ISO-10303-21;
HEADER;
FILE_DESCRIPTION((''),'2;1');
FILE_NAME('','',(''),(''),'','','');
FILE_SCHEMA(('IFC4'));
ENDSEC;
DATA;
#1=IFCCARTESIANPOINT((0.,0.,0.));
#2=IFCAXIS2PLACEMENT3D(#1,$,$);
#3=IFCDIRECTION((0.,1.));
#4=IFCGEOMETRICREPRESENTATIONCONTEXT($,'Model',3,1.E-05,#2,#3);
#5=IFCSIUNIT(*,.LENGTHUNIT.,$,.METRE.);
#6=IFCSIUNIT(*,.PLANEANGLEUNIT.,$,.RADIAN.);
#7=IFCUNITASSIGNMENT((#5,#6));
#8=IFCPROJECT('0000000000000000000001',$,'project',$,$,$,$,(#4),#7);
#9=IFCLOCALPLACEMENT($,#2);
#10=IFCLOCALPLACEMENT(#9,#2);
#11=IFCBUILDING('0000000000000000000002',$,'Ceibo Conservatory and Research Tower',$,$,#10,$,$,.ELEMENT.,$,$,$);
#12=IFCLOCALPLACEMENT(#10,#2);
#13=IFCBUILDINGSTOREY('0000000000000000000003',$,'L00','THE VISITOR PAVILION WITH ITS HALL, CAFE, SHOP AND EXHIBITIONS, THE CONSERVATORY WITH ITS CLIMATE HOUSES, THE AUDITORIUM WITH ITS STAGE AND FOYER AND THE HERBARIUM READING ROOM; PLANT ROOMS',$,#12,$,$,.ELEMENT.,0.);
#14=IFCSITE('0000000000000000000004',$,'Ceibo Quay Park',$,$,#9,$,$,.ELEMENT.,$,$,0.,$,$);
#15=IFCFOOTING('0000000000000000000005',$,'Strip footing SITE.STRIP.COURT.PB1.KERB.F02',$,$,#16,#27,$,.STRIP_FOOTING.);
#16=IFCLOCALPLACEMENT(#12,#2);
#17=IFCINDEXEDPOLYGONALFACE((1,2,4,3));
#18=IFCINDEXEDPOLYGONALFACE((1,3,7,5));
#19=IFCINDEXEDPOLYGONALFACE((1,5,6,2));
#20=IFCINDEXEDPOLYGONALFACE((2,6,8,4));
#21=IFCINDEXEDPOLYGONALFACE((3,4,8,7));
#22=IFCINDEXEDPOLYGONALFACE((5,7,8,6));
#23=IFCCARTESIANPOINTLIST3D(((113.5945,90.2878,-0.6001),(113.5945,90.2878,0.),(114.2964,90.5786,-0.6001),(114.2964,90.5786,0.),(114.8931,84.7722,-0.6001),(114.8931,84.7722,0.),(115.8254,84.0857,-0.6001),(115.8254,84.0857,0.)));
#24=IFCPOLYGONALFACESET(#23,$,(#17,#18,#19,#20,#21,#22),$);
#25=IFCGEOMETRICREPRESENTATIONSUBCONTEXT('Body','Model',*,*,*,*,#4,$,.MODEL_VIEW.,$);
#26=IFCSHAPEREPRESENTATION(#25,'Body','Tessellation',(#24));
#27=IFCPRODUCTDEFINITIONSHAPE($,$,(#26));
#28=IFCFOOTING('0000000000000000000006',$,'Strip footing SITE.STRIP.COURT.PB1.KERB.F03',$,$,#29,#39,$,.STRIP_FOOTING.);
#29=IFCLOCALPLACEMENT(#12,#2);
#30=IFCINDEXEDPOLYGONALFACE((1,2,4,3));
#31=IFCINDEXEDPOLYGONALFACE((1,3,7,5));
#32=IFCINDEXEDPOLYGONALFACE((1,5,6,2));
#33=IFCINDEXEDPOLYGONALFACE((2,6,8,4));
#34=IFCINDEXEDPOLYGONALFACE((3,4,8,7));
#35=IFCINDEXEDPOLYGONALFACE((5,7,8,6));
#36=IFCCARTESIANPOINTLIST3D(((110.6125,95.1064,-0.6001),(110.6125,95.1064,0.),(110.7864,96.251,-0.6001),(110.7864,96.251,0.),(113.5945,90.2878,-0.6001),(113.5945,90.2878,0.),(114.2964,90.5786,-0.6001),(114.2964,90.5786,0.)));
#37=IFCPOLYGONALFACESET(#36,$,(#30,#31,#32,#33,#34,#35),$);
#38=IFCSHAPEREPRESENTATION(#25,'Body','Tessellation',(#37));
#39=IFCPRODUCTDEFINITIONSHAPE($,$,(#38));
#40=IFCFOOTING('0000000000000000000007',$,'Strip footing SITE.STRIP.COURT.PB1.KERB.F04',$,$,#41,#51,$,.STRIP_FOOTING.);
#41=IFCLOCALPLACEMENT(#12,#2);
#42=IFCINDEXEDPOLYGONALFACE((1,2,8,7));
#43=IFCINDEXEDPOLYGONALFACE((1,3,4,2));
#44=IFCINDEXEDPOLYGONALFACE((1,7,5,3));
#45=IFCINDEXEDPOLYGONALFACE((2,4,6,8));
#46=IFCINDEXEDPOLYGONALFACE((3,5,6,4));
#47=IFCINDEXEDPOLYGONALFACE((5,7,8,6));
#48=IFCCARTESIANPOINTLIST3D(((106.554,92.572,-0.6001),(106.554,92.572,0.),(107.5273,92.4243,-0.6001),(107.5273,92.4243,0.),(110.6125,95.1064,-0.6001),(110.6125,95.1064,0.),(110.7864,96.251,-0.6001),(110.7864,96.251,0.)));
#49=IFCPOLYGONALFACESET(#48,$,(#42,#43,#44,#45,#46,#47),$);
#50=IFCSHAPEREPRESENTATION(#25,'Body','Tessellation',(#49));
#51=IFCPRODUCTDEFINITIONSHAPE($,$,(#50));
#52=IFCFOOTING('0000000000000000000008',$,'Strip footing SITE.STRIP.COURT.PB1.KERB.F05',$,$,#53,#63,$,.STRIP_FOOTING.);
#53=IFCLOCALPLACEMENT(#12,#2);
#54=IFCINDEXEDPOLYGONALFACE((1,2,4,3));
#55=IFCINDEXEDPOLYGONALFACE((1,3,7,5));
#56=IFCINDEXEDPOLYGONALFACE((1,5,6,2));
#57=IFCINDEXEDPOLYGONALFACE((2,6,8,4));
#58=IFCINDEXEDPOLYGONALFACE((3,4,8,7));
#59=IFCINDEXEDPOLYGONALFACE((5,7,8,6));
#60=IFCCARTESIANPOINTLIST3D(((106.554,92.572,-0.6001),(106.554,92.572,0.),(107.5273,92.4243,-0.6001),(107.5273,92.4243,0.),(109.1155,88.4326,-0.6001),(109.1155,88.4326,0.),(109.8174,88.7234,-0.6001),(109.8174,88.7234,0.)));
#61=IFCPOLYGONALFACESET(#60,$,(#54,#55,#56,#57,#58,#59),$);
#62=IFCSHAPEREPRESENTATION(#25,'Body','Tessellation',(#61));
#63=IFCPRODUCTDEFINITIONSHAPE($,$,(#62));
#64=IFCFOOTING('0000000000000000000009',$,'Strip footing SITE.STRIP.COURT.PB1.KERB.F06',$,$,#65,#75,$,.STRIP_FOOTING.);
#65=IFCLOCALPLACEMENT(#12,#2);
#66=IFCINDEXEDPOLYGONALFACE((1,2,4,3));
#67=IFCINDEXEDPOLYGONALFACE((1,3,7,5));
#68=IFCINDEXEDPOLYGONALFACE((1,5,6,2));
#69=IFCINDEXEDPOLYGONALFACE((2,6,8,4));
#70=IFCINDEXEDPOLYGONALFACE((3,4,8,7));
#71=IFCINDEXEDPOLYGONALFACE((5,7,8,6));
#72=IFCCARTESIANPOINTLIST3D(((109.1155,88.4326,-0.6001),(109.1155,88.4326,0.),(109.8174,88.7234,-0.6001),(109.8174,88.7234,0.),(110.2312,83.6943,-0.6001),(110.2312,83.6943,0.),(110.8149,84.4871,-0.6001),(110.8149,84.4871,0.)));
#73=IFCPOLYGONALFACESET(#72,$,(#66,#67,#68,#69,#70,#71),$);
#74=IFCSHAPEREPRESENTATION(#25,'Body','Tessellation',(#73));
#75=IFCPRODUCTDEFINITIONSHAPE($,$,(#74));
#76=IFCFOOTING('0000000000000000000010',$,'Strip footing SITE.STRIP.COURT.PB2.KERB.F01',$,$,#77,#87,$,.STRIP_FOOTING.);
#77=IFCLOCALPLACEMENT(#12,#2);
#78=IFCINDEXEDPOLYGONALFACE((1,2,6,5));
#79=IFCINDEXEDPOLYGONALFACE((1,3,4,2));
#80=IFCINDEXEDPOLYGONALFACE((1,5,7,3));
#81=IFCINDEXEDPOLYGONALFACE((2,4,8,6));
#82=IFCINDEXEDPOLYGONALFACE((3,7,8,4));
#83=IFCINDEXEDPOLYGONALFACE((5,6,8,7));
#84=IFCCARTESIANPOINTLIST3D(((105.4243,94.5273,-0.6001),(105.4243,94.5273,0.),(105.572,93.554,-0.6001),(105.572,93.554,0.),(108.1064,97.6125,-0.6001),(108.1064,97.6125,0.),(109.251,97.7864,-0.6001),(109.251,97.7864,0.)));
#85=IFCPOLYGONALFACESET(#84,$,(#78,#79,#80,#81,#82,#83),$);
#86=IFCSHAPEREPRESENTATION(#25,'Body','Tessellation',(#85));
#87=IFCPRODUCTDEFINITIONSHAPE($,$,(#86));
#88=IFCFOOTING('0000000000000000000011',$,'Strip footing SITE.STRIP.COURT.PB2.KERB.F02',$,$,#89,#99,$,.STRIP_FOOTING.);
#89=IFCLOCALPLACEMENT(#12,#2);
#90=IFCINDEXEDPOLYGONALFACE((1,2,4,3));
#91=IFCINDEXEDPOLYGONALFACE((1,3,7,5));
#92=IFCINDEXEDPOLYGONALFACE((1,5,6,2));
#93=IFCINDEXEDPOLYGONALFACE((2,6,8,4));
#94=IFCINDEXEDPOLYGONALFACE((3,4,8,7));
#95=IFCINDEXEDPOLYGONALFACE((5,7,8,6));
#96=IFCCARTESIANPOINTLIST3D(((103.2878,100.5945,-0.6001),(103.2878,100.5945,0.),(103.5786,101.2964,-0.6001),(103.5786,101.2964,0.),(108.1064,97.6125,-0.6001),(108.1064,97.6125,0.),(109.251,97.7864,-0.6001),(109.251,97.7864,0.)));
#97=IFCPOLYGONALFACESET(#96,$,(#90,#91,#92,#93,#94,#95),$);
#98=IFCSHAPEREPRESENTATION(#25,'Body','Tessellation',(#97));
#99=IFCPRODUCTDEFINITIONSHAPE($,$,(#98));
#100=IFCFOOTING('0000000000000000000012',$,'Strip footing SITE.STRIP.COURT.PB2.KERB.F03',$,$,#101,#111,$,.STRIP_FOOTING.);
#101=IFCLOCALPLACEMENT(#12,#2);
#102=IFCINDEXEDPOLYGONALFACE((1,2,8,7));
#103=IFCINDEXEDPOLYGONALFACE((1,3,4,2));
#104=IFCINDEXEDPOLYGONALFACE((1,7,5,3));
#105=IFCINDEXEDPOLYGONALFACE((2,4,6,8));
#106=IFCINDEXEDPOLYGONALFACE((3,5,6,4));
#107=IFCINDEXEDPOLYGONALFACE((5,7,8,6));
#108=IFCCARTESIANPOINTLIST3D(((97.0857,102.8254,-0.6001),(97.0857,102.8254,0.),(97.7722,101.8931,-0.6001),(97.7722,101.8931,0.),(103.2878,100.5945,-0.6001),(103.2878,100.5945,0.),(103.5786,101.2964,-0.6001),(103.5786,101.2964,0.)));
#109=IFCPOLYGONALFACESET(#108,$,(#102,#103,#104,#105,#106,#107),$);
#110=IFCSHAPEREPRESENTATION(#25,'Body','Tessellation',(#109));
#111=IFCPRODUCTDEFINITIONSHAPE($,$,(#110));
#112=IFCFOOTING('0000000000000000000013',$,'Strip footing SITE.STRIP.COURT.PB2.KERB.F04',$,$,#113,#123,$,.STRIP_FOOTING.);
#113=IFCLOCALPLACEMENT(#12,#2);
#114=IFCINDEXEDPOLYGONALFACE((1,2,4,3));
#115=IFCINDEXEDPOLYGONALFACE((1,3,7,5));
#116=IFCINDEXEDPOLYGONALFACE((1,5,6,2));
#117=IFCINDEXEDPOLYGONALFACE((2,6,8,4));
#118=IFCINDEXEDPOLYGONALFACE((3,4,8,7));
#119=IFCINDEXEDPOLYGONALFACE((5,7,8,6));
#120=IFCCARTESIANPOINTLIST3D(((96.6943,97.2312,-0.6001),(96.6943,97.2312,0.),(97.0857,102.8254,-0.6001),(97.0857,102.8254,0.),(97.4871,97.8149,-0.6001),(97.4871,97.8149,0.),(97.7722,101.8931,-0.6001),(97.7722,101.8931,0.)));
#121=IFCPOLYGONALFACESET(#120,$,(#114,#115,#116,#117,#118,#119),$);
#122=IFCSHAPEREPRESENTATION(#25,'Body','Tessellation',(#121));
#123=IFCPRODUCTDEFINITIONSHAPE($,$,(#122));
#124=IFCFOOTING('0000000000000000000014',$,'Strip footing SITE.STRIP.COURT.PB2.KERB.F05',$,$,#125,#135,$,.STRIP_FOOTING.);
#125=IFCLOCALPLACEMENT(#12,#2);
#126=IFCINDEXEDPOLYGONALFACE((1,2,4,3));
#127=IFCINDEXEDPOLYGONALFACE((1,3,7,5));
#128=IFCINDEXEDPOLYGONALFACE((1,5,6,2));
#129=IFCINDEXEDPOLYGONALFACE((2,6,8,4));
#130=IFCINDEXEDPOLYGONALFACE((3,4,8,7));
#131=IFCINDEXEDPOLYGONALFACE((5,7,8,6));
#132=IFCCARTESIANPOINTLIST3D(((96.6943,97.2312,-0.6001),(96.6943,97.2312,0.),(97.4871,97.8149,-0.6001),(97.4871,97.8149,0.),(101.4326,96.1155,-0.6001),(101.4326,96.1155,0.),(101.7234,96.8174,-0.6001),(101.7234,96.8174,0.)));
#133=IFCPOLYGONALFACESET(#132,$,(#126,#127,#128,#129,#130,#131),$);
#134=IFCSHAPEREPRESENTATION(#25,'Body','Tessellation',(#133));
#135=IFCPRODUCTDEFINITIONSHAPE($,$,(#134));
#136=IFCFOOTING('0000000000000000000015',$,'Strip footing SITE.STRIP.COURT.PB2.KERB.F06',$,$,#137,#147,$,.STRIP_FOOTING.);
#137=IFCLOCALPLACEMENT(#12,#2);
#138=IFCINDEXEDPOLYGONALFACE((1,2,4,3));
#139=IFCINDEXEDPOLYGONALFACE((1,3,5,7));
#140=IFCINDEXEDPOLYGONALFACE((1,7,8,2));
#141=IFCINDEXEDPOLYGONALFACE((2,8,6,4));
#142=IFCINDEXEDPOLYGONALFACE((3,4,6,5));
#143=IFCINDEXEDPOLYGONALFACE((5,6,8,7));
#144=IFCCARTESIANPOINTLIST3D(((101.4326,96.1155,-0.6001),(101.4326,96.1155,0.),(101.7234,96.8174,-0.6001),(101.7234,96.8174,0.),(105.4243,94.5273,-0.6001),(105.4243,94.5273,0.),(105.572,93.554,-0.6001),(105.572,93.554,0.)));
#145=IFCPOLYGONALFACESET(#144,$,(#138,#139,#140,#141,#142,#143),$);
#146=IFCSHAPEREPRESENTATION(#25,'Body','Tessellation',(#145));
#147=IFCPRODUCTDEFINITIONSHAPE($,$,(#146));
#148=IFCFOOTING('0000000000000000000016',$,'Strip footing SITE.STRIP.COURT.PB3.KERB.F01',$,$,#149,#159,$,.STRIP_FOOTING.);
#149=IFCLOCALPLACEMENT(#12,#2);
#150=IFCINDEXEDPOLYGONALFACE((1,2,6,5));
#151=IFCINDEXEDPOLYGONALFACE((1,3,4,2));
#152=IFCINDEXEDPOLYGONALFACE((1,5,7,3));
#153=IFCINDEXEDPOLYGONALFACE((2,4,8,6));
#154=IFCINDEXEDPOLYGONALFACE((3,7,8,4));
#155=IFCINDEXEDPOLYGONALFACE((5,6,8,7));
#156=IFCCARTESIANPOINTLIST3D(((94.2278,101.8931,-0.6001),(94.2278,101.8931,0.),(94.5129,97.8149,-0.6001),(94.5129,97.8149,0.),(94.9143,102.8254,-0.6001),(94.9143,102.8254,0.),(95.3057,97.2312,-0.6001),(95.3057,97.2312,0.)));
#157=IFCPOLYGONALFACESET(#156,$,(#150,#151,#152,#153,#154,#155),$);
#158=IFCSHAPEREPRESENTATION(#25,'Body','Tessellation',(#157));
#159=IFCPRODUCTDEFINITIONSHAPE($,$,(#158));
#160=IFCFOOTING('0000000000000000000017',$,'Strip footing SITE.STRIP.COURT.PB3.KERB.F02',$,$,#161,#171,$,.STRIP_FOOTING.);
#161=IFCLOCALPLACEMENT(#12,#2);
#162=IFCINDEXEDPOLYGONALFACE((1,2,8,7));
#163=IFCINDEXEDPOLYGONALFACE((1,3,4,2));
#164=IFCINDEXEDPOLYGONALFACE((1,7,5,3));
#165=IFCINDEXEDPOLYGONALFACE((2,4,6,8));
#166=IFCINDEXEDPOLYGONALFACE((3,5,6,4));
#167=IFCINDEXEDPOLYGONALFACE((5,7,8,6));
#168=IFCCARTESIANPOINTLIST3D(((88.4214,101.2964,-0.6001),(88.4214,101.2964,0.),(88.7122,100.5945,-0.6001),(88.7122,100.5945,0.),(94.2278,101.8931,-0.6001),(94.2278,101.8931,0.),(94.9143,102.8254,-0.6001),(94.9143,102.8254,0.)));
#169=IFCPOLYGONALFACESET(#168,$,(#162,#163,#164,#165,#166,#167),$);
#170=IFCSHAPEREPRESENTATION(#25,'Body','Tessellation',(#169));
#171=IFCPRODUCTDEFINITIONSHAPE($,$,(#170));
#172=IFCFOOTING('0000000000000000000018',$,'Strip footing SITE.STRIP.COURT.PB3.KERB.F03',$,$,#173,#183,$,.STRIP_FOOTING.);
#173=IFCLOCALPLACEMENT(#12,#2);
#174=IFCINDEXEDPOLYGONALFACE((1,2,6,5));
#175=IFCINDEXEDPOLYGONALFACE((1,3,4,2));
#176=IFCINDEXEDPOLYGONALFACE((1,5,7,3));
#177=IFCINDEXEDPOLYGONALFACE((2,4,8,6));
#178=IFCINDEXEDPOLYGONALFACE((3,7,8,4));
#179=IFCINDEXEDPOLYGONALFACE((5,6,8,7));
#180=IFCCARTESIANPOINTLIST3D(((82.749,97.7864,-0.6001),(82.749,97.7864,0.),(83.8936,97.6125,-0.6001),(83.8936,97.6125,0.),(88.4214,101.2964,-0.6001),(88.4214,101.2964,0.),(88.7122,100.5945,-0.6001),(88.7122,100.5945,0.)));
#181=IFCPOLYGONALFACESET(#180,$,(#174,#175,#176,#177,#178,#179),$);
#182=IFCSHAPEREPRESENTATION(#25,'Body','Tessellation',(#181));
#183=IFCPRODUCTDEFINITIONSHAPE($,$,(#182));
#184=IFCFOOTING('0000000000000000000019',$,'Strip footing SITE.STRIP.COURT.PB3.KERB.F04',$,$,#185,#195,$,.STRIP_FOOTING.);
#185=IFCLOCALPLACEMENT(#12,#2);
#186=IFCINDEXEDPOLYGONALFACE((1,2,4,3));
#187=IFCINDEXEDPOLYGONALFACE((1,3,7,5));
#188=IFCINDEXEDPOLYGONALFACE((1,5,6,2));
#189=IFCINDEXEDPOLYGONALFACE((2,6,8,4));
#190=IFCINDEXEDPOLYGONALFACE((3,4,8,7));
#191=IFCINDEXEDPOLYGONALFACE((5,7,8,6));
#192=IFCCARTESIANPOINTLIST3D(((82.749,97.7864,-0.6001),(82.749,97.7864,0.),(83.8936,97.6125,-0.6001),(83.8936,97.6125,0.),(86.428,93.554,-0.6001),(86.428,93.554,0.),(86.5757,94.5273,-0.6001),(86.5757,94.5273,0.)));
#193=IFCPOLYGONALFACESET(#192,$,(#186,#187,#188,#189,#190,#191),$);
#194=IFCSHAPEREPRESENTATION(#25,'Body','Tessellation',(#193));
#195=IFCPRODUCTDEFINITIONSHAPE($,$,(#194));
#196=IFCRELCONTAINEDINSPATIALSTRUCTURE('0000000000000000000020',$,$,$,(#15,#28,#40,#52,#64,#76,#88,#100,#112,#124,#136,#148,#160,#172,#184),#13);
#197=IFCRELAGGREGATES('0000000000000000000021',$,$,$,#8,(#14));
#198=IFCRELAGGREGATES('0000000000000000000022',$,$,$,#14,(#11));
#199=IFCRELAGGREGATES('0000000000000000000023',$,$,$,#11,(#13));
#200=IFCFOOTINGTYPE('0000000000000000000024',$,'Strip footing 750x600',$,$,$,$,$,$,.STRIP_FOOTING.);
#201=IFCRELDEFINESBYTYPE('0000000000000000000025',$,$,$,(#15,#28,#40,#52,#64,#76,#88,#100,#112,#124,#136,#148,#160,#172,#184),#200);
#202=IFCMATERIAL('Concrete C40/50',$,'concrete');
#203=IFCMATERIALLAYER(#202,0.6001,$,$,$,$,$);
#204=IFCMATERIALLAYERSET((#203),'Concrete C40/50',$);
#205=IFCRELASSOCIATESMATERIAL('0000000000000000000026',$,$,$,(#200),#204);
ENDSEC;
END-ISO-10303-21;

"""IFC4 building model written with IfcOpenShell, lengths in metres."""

from ifc_helpers import new_model, si_unit, direction, frame, origin, place, context, subcontext, project, spatial, polyline, outline, extrude, material, layer, layer_set, type_object, element, save


model = new_model("IFC4")

# Units and contexts
model_context = context("Model", 3, precision=1e-05, world=origin(), true_north=direction((0.0, 1.0)))
body_context = subcontext(model_context, "Body", "Model", "MODEL_VIEW")
ifc_project = project(units=[si_unit("LENGTHUNIT", "METRE"), si_unit("PLANEANGLEUNIT", "RADIAN")], contexts=[model_context])

# Site, building, storey
site_placement = place(None, origin())
site = spatial("IfcSite", under=ifc_project, at=site_placement, Name="Ceibo Quay Park", CompositionType="ELEMENT", RefElevation=0.0)
building_placement = place(site_placement, origin())
building = spatial("IfcBuilding", under=site, at=building_placement, Name="Ceibo Conservatory and Research Tower", CompositionType="ELEMENT")
storey_placement = place(building_placement, origin())
storey = spatial("IfcBuildingStorey", under=building, at=storey_placement, Name="L00", Description="THE VISITOR PAVILION WITH ITS HALL, CAFE, SHOP AND EXHIBITIONS, THE CONSERVATORY WITH ITS CLIMATE HOUSES, THE AUDITORIUM WITH ITS STAGE AND FOYER AND THE HERBARIUM READING ROOM; PLANT ROOMS", CompositionType="ELEMENT", Elevation=0.0)

# Footings
ifc_material = material(Name="Concrete C40/50", Category="concrete")
ifc_layer = layer(ifc_material, 0.6001)
ifc_layer_set = layer_set([ifc_layer], Name="Concrete C40/50")
footing_type = type_object("IfcFootingType", Name="Strip footing 750x600", PredefinedType="STRIP_FOOTING", material=ifc_layer_set)
footing_1_placement = place(storey_placement, frame((0.0, 0.0, -0.6001)))
element("IfcFooting", 1, at=footing_1_placement, inside=storey, type_object=footing_type, Name="Strip footing SITE.STRIP.COURT.PB1.KERB.F02", PredefinedType="STRIP_FOOTING", context=body_context, shape_type="SweptSolid", body=[
    extrude(outline(polyline([(115.8254, 84.0857), (114.2964, 90.5786), (113.5945, 90.2878), (114.8931, 84.7722), (115.8254, 84.0857)])), origin(), (0.0, 0.0, 1.0), 0.6001),
])
footing_2_placement = place(storey_placement, frame((0.0, 0.0, -0.6001)))
element("IfcFooting", 2, at=footing_2_placement, inside=storey, type_object=footing_type, Name="Strip footing SITE.STRIP.COURT.PB1.KERB.F03", PredefinedType="STRIP_FOOTING", context=body_context, shape_type="SweptSolid", body=[
    extrude(outline(polyline([(114.2964, 90.5786), (110.7864, 96.251), (110.6125, 95.1064), (113.5945, 90.2878), (114.2964, 90.5786)])), origin(), (0.0, 0.0, 1.0), 0.6001),
])
footing_3_placement = place(storey_placement, frame((0.0, 0.0, -0.6001)))
element("IfcFooting", 3, at=footing_3_placement, inside=storey, type_object=footing_type, Name="Strip footing SITE.STRIP.COURT.PB1.KERB.F04", PredefinedType="STRIP_FOOTING", context=body_context, shape_type="SweptSolid", body=[
    extrude(outline(polyline([(110.7864, 96.251), (106.554, 92.572), (107.5273, 92.4243), (110.6125, 95.1064), (110.7864, 96.251)])), origin(), (0.0, 0.0, 1.0), 0.6001),
])
footing_4_placement = place(storey_placement, frame((0.0, 0.0, -0.6001)))
element("IfcFooting", 4, at=footing_4_placement, inside=storey, type_object=footing_type, Name="Strip footing SITE.STRIP.COURT.PB1.KERB.F05", PredefinedType="STRIP_FOOTING", context=body_context, shape_type="SweptSolid", body=[
    extrude(outline(polyline([(106.554, 92.572), (109.1155, 88.4326), (109.8174, 88.7234), (107.5273, 92.4243), (106.554, 92.572)])), origin(), (0.0, 0.0, 1.0), 0.6001),
])
footing_5_placement = place(storey_placement, frame((0.0, 0.0, -0.6001)))
element("IfcFooting", 5, at=footing_5_placement, inside=storey, type_object=footing_type, Name="Strip footing SITE.STRIP.COURT.PB1.KERB.F06", PredefinedType="STRIP_FOOTING", context=body_context, shape_type="SweptSolid", body=[
    extrude(outline(polyline([(109.1155, 88.4326), (110.2312, 83.6943), (110.8149, 84.4871), (109.8174, 88.7234), (109.1155, 88.4326)])), origin(), (0.0, 0.0, 1.0), 0.6001),
])
footing_6_placement = place(storey_placement, frame((0.0, 0.0, -0.6001)))
element("IfcFooting", 6, at=footing_6_placement, inside=storey, type_object=footing_type, Name="Strip footing SITE.STRIP.COURT.PB2.KERB.F01", PredefinedType="STRIP_FOOTING", context=body_context, shape_type="SweptSolid", body=[
    extrude(outline(polyline([(105.572, 93.554), (109.251, 97.7864), (108.1064, 97.6125), (105.4243, 94.5273), (105.572, 93.554)])), origin(), (0.0, 0.0, 1.0), 0.6001),
])
footing_7_placement = place(storey_placement, frame((0.0, 0.0, -0.6001)))
element("IfcFooting", 7, at=footing_7_placement, inside=storey, type_object=footing_type, Name="Strip footing SITE.STRIP.COURT.PB2.KERB.F02", PredefinedType="STRIP_FOOTING", context=body_context, shape_type="SweptSolid", body=[
    extrude(outline(polyline([(109.251, 97.7864), (103.5786, 101.2964), (103.2878, 100.5945), (108.1064, 97.6125), (109.251, 97.7864)])), origin(), (0.0, 0.0, 1.0), 0.6001),
])
footing_8_placement = place(storey_placement, frame((0.0, 0.0, -0.6001)))
element("IfcFooting", 8, at=footing_8_placement, inside=storey, type_object=footing_type, Name="Strip footing SITE.STRIP.COURT.PB2.KERB.F03", PredefinedType="STRIP_FOOTING", context=body_context, shape_type="SweptSolid", body=[
    extrude(outline(polyline([(103.5786, 101.2964), (97.0857, 102.8254), (97.7722, 101.8931), (103.2878, 100.5945), (103.5786, 101.2964)])), origin(), (0.0, 0.0, 1.0), 0.6001),
])
footing_9_placement = place(storey_placement, frame((0.0, 0.0, -0.6001)))
element("IfcFooting", 9, at=footing_9_placement, inside=storey, type_object=footing_type, Name="Strip footing SITE.STRIP.COURT.PB2.KERB.F04", PredefinedType="STRIP_FOOTING", context=body_context, shape_type="SweptSolid", body=[
    extrude(outline(polyline([(97.0857, 102.8254), (96.6943, 97.2312), (97.4871, 97.8149), (97.7722, 101.8931), (97.0857, 102.8254)])), origin(), (0.0, 0.0, 1.0), 0.6001),
])
footing_10_placement = place(storey_placement, frame((0.0, 0.0, -0.6001)))
element("IfcFooting", 10, at=footing_10_placement, inside=storey, type_object=footing_type, Name="Strip footing SITE.STRIP.COURT.PB2.KERB.F05", PredefinedType="STRIP_FOOTING", context=body_context, shape_type="SweptSolid", body=[
    extrude(outline(polyline([(96.6943, 97.2312), (101.4326, 96.1155), (101.7234, 96.8174), (97.4871, 97.8149), (96.6943, 97.2312)])), origin(), (0.0, 0.0, 1.0), 0.6001),
])
footing_11_placement = place(storey_placement, frame((0.0, 0.0, -0.6001)))
element("IfcFooting", 11, at=footing_11_placement, inside=storey, type_object=footing_type, Name="Strip footing SITE.STRIP.COURT.PB2.KERB.F06", PredefinedType="STRIP_FOOTING", context=body_context, shape_type="SweptSolid", body=[
    extrude(outline(polyline([(101.4326, 96.1155), (105.572, 93.554), (105.4243, 94.5273), (101.7234, 96.8174), (101.4326, 96.1155)])), origin(), (0.0, 0.0, 1.0), 0.6001),
])
footing_12_placement = place(storey_placement, frame((0.0, 0.0, -0.6001)))
element("IfcFooting", 12, at=footing_12_placement, inside=storey, type_object=footing_type, Name="Strip footing SITE.STRIP.COURT.PB3.KERB.F01", PredefinedType="STRIP_FOOTING", context=body_context, shape_type="SweptSolid", body=[
    extrude(outline(polyline([(95.3057, 97.2312), (94.9143, 102.8254), (94.2278, 101.8931), (94.5129, 97.8149), (95.3057, 97.2312)])), origin(), (0.0, 0.0, 1.0), 0.6001),
])
footing_13_placement = place(storey_placement, frame((0.0, 0.0, -0.6001)))
element("IfcFooting", 13, at=footing_13_placement, inside=storey, type_object=footing_type, Name="Strip footing SITE.STRIP.COURT.PB3.KERB.F02", PredefinedType="STRIP_FOOTING", context=body_context, shape_type="SweptSolid", body=[
    extrude(outline(polyline([(94.9143, 102.8254), (88.4214, 101.2964), (88.7122, 100.5945), (94.2278, 101.8931), (94.9143, 102.8254)])), origin(), (0.0, 0.0, 1.0), 0.6001),
])
footing_14_placement = place(storey_placement, frame((0.0, 0.0, -0.6001)))
element("IfcFooting", 14, at=footing_14_placement, inside=storey, type_object=footing_type, Name="Strip footing SITE.STRIP.COURT.PB3.KERB.F03", PredefinedType="STRIP_FOOTING", context=body_context, shape_type="SweptSolid", body=[
    extrude(outline(polyline([(88.4214, 101.2964), (82.749, 97.7864), (83.8936, 97.6125), (88.7122, 100.5945), (88.4214, 101.2964)])), origin(), (0.0, 0.0, 1.0), 0.6001),
])
footing_15_placement = place(storey_placement, frame((0.0, 0.0, -0.6001)))
element("IfcFooting", 15, at=footing_15_placement, inside=storey, type_object=footing_type, Name="Strip footing SITE.STRIP.COURT.PB3.KERB.F04", PredefinedType="STRIP_FOOTING", context=body_context, shape_type="SweptSolid", body=[
    extrude(outline(polyline([(82.749, 97.7864), (86.428, 93.554), (86.5757, 94.5273), (83.8936, 97.6125), (82.749, 97.7864)])), origin(), (0.0, 0.0, 1.0), 0.6001),
])

save(model, "model.ifc")
